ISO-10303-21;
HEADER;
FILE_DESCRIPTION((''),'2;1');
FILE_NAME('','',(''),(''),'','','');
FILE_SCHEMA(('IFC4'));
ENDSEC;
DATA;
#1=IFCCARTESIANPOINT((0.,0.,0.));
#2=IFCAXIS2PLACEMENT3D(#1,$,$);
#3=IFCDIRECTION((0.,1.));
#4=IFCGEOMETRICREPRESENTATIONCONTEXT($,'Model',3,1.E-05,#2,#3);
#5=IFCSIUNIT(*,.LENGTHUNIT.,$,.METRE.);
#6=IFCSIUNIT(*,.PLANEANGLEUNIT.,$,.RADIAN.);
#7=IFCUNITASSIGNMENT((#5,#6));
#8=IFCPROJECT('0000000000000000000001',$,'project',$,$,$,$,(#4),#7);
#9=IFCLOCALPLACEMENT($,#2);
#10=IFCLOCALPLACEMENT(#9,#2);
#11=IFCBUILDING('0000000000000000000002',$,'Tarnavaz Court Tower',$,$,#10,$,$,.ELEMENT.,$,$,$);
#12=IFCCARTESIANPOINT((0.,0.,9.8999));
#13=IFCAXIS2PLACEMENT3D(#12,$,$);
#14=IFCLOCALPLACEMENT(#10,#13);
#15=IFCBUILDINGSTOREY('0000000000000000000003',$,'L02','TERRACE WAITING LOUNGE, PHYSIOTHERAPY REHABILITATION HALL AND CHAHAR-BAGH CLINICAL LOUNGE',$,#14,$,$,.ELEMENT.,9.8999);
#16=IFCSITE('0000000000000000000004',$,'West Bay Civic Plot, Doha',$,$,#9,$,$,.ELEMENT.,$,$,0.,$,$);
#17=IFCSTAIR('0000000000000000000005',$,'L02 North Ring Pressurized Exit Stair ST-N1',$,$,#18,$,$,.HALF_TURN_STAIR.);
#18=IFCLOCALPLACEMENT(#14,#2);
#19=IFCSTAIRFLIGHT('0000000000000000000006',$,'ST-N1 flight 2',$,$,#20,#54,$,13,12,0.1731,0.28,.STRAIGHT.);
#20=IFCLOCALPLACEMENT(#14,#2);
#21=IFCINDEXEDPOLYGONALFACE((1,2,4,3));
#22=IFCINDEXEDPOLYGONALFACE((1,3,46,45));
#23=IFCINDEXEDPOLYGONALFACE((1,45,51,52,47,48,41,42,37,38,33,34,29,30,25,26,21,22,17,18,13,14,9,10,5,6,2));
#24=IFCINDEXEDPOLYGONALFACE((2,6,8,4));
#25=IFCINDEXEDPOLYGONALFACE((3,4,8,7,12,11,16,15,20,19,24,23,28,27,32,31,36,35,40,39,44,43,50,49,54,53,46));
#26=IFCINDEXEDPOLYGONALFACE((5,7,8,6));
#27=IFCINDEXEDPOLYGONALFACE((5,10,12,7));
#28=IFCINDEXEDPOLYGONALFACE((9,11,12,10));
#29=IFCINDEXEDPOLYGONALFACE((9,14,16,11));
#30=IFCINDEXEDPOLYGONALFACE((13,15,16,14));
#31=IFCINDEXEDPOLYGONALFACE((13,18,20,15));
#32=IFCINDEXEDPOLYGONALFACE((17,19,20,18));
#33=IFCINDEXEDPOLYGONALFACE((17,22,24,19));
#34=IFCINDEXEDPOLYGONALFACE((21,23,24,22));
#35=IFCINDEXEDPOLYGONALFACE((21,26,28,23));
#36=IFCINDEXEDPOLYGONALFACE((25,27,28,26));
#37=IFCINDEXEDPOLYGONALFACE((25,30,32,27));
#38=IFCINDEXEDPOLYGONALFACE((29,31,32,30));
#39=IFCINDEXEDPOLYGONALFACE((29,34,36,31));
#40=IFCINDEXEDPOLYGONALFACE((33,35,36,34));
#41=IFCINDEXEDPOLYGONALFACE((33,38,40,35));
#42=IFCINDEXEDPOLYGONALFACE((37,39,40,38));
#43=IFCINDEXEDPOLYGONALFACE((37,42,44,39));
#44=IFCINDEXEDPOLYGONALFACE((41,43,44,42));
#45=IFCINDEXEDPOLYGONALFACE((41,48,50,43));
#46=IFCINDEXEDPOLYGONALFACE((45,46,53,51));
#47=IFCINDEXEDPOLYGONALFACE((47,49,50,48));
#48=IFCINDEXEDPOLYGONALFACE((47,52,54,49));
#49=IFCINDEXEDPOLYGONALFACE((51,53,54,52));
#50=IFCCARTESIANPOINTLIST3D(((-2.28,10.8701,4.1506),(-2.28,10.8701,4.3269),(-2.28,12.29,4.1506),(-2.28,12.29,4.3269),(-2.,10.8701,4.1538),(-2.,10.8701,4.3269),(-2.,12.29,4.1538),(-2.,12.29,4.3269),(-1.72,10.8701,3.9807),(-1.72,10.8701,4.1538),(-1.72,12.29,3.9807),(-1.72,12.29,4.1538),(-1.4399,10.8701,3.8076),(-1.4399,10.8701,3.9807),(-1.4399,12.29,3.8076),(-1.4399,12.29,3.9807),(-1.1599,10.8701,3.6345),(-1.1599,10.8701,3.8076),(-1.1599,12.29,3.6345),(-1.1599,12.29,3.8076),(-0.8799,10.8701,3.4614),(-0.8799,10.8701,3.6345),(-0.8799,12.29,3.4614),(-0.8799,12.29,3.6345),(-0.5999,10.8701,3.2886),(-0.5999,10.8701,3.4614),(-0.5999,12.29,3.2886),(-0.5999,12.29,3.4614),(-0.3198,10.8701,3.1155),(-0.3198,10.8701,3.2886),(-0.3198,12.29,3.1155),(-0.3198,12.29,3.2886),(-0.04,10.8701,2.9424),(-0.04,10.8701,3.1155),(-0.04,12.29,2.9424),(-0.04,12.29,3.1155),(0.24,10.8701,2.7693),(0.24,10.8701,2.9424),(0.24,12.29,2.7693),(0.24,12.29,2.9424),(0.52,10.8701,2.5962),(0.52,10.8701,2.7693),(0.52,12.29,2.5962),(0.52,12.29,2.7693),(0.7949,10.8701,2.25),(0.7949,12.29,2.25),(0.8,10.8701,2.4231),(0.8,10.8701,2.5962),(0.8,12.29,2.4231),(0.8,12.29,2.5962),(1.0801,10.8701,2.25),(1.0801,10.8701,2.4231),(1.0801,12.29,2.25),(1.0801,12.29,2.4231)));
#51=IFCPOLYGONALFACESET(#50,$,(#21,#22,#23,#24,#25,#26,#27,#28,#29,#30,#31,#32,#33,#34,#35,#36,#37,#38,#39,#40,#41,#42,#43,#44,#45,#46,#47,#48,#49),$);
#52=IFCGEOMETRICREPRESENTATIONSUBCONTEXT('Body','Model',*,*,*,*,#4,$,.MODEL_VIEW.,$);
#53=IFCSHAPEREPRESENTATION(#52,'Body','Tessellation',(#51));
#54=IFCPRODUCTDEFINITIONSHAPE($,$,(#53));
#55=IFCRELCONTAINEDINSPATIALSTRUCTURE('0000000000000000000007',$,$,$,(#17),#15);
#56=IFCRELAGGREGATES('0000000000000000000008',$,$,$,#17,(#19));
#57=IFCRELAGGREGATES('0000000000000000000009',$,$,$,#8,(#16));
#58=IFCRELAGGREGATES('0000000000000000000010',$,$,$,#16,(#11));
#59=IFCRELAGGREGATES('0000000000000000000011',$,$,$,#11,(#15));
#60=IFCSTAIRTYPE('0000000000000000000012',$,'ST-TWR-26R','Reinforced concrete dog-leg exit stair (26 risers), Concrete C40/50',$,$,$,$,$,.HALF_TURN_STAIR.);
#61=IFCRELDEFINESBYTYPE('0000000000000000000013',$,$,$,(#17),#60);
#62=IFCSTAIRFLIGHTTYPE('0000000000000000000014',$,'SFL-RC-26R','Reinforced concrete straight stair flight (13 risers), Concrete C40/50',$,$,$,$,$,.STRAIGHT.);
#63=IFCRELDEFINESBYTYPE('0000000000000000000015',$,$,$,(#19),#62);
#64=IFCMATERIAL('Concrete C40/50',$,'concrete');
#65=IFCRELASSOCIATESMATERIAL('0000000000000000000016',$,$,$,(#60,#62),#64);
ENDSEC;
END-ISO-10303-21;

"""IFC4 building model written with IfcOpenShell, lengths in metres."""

from ifc_helpers import new_model, si_unit, direction, frame, origin, place, context, subcontext, project, spatial, polyline, outline, extrude, material, type_object, element, aggregate, save


model = new_model("IFC4")

# Units and contexts
model_context = context("Model", 3, precision=1e-05, world=origin(), true_north=direction((0.0, 1.0)))
body_context = subcontext(model_context, "Body", "Model", "MODEL_VIEW")
ifc_project = project(units=[si_unit("LENGTHUNIT", "METRE"), si_unit("PLANEANGLEUNIT", "RADIAN")], contexts=[model_context])

# Site, building, storey
site_placement = place(None, origin())
site = spatial("IfcSite", under=ifc_project, at=site_placement, Name="West Bay Civic Plot, Doha", CompositionType="ELEMENT", RefElevation=0.0)
building_placement = place(site_placement, origin())
building = spatial("IfcBuilding", under=site, at=building_placement, Name="Tarnavaz Court Tower", CompositionType="ELEMENT")
storey_placement = place(building_placement, frame((0.0, 0.0, 9.8999)))
storey = spatial("IfcBuildingStorey", under=building, at=storey_placement, Name="L02", Description="TERRACE WAITING LOUNGE, PHYSIOTHERAPY REHABILITATION HALL AND CHAHAR-BAGH CLINICAL LOUNGE", CompositionType="ELEMENT", Elevation=9.8999)

# Stair, stair flight
ifc_material_1 = material(Name="Concrete C40/50", Category="concrete")
stair_type = type_object("IfcStairType", Name="ST-TWR-26R", Description="Reinforced concrete dog-leg exit stair (26 risers), Concrete C40/50", PredefinedType="HALF_TURN_STAIR", material=ifc_material_1)
stair_placement = place(storey_placement, origin())
stair = element("IfcStair", 1, at=stair_placement, inside=storey, type_object=stair_type, Name="L02 North Ring Pressurized Exit Stair ST-N1", PredefinedType="HALF_TURN_STAIR")
stair_flight_type = type_object("IfcStairFlightType", Name="SFL-RC-26R", Description="Reinforced concrete straight stair flight (13 risers), Concrete C40/50", PredefinedType="STRAIGHT", material=ifc_material_1)
stair_flight_placement = place(storey_placement, frame((1.0801, 11.5801, 2.25), z_axis=(0.0, 0.0, 1.0), x_axis=(-1.0, 0.0, 0.0)))
stair_flight = element("IfcStairFlight", 2, at=stair_flight_placement, type_object=stair_flight_type, Name="ST-N1 flight 2", NumberOfRisers=13, NumberOfTreads=12, PredefinedType="STRAIGHT", RiserHeight=0.1731, TreadLength=0.28, context=body_context, shape_type="SweptSolid", body=[
    extrude(outline(polyline([(0.0, 0.0), (0.0, 0.1731), (0.28, 0.1731), (0.28, 0.3462), (0.5601, 0.3462), (0.5601, 0.5193), (0.8401, 0.5193), (0.8401, 0.6924), (1.1201, 0.6924), (1.1201, 0.8655), (1.3999, 0.8655), (1.3999, 1.0386), (1.6799, 1.0386), (1.6799, 1.2114), (1.96, 1.2114), (1.96, 1.3845), (2.24, 1.3845), (2.24, 1.5576), (2.52, 1.5576), (2.52, 1.7307), (2.8, 1.7307), (2.8, 1.9038), (3.0801, 1.9038), (3.0801, 2.0769), (3.3601, 2.0769), (3.3601, 2.25), (3.3601, 1.9006), (0.2852, 0.0), (0.0, 0.0)])), frame((0.0, 0.71, 0.0), z_axis=(0.0, -1.0, 0.0), x_axis=(1.0, 0.0, 0.0)), (0.0, 0.0, 1.0), 1.4199),
])
aggregate(stair, [stair_flight])

save(model, "model.ifc")
